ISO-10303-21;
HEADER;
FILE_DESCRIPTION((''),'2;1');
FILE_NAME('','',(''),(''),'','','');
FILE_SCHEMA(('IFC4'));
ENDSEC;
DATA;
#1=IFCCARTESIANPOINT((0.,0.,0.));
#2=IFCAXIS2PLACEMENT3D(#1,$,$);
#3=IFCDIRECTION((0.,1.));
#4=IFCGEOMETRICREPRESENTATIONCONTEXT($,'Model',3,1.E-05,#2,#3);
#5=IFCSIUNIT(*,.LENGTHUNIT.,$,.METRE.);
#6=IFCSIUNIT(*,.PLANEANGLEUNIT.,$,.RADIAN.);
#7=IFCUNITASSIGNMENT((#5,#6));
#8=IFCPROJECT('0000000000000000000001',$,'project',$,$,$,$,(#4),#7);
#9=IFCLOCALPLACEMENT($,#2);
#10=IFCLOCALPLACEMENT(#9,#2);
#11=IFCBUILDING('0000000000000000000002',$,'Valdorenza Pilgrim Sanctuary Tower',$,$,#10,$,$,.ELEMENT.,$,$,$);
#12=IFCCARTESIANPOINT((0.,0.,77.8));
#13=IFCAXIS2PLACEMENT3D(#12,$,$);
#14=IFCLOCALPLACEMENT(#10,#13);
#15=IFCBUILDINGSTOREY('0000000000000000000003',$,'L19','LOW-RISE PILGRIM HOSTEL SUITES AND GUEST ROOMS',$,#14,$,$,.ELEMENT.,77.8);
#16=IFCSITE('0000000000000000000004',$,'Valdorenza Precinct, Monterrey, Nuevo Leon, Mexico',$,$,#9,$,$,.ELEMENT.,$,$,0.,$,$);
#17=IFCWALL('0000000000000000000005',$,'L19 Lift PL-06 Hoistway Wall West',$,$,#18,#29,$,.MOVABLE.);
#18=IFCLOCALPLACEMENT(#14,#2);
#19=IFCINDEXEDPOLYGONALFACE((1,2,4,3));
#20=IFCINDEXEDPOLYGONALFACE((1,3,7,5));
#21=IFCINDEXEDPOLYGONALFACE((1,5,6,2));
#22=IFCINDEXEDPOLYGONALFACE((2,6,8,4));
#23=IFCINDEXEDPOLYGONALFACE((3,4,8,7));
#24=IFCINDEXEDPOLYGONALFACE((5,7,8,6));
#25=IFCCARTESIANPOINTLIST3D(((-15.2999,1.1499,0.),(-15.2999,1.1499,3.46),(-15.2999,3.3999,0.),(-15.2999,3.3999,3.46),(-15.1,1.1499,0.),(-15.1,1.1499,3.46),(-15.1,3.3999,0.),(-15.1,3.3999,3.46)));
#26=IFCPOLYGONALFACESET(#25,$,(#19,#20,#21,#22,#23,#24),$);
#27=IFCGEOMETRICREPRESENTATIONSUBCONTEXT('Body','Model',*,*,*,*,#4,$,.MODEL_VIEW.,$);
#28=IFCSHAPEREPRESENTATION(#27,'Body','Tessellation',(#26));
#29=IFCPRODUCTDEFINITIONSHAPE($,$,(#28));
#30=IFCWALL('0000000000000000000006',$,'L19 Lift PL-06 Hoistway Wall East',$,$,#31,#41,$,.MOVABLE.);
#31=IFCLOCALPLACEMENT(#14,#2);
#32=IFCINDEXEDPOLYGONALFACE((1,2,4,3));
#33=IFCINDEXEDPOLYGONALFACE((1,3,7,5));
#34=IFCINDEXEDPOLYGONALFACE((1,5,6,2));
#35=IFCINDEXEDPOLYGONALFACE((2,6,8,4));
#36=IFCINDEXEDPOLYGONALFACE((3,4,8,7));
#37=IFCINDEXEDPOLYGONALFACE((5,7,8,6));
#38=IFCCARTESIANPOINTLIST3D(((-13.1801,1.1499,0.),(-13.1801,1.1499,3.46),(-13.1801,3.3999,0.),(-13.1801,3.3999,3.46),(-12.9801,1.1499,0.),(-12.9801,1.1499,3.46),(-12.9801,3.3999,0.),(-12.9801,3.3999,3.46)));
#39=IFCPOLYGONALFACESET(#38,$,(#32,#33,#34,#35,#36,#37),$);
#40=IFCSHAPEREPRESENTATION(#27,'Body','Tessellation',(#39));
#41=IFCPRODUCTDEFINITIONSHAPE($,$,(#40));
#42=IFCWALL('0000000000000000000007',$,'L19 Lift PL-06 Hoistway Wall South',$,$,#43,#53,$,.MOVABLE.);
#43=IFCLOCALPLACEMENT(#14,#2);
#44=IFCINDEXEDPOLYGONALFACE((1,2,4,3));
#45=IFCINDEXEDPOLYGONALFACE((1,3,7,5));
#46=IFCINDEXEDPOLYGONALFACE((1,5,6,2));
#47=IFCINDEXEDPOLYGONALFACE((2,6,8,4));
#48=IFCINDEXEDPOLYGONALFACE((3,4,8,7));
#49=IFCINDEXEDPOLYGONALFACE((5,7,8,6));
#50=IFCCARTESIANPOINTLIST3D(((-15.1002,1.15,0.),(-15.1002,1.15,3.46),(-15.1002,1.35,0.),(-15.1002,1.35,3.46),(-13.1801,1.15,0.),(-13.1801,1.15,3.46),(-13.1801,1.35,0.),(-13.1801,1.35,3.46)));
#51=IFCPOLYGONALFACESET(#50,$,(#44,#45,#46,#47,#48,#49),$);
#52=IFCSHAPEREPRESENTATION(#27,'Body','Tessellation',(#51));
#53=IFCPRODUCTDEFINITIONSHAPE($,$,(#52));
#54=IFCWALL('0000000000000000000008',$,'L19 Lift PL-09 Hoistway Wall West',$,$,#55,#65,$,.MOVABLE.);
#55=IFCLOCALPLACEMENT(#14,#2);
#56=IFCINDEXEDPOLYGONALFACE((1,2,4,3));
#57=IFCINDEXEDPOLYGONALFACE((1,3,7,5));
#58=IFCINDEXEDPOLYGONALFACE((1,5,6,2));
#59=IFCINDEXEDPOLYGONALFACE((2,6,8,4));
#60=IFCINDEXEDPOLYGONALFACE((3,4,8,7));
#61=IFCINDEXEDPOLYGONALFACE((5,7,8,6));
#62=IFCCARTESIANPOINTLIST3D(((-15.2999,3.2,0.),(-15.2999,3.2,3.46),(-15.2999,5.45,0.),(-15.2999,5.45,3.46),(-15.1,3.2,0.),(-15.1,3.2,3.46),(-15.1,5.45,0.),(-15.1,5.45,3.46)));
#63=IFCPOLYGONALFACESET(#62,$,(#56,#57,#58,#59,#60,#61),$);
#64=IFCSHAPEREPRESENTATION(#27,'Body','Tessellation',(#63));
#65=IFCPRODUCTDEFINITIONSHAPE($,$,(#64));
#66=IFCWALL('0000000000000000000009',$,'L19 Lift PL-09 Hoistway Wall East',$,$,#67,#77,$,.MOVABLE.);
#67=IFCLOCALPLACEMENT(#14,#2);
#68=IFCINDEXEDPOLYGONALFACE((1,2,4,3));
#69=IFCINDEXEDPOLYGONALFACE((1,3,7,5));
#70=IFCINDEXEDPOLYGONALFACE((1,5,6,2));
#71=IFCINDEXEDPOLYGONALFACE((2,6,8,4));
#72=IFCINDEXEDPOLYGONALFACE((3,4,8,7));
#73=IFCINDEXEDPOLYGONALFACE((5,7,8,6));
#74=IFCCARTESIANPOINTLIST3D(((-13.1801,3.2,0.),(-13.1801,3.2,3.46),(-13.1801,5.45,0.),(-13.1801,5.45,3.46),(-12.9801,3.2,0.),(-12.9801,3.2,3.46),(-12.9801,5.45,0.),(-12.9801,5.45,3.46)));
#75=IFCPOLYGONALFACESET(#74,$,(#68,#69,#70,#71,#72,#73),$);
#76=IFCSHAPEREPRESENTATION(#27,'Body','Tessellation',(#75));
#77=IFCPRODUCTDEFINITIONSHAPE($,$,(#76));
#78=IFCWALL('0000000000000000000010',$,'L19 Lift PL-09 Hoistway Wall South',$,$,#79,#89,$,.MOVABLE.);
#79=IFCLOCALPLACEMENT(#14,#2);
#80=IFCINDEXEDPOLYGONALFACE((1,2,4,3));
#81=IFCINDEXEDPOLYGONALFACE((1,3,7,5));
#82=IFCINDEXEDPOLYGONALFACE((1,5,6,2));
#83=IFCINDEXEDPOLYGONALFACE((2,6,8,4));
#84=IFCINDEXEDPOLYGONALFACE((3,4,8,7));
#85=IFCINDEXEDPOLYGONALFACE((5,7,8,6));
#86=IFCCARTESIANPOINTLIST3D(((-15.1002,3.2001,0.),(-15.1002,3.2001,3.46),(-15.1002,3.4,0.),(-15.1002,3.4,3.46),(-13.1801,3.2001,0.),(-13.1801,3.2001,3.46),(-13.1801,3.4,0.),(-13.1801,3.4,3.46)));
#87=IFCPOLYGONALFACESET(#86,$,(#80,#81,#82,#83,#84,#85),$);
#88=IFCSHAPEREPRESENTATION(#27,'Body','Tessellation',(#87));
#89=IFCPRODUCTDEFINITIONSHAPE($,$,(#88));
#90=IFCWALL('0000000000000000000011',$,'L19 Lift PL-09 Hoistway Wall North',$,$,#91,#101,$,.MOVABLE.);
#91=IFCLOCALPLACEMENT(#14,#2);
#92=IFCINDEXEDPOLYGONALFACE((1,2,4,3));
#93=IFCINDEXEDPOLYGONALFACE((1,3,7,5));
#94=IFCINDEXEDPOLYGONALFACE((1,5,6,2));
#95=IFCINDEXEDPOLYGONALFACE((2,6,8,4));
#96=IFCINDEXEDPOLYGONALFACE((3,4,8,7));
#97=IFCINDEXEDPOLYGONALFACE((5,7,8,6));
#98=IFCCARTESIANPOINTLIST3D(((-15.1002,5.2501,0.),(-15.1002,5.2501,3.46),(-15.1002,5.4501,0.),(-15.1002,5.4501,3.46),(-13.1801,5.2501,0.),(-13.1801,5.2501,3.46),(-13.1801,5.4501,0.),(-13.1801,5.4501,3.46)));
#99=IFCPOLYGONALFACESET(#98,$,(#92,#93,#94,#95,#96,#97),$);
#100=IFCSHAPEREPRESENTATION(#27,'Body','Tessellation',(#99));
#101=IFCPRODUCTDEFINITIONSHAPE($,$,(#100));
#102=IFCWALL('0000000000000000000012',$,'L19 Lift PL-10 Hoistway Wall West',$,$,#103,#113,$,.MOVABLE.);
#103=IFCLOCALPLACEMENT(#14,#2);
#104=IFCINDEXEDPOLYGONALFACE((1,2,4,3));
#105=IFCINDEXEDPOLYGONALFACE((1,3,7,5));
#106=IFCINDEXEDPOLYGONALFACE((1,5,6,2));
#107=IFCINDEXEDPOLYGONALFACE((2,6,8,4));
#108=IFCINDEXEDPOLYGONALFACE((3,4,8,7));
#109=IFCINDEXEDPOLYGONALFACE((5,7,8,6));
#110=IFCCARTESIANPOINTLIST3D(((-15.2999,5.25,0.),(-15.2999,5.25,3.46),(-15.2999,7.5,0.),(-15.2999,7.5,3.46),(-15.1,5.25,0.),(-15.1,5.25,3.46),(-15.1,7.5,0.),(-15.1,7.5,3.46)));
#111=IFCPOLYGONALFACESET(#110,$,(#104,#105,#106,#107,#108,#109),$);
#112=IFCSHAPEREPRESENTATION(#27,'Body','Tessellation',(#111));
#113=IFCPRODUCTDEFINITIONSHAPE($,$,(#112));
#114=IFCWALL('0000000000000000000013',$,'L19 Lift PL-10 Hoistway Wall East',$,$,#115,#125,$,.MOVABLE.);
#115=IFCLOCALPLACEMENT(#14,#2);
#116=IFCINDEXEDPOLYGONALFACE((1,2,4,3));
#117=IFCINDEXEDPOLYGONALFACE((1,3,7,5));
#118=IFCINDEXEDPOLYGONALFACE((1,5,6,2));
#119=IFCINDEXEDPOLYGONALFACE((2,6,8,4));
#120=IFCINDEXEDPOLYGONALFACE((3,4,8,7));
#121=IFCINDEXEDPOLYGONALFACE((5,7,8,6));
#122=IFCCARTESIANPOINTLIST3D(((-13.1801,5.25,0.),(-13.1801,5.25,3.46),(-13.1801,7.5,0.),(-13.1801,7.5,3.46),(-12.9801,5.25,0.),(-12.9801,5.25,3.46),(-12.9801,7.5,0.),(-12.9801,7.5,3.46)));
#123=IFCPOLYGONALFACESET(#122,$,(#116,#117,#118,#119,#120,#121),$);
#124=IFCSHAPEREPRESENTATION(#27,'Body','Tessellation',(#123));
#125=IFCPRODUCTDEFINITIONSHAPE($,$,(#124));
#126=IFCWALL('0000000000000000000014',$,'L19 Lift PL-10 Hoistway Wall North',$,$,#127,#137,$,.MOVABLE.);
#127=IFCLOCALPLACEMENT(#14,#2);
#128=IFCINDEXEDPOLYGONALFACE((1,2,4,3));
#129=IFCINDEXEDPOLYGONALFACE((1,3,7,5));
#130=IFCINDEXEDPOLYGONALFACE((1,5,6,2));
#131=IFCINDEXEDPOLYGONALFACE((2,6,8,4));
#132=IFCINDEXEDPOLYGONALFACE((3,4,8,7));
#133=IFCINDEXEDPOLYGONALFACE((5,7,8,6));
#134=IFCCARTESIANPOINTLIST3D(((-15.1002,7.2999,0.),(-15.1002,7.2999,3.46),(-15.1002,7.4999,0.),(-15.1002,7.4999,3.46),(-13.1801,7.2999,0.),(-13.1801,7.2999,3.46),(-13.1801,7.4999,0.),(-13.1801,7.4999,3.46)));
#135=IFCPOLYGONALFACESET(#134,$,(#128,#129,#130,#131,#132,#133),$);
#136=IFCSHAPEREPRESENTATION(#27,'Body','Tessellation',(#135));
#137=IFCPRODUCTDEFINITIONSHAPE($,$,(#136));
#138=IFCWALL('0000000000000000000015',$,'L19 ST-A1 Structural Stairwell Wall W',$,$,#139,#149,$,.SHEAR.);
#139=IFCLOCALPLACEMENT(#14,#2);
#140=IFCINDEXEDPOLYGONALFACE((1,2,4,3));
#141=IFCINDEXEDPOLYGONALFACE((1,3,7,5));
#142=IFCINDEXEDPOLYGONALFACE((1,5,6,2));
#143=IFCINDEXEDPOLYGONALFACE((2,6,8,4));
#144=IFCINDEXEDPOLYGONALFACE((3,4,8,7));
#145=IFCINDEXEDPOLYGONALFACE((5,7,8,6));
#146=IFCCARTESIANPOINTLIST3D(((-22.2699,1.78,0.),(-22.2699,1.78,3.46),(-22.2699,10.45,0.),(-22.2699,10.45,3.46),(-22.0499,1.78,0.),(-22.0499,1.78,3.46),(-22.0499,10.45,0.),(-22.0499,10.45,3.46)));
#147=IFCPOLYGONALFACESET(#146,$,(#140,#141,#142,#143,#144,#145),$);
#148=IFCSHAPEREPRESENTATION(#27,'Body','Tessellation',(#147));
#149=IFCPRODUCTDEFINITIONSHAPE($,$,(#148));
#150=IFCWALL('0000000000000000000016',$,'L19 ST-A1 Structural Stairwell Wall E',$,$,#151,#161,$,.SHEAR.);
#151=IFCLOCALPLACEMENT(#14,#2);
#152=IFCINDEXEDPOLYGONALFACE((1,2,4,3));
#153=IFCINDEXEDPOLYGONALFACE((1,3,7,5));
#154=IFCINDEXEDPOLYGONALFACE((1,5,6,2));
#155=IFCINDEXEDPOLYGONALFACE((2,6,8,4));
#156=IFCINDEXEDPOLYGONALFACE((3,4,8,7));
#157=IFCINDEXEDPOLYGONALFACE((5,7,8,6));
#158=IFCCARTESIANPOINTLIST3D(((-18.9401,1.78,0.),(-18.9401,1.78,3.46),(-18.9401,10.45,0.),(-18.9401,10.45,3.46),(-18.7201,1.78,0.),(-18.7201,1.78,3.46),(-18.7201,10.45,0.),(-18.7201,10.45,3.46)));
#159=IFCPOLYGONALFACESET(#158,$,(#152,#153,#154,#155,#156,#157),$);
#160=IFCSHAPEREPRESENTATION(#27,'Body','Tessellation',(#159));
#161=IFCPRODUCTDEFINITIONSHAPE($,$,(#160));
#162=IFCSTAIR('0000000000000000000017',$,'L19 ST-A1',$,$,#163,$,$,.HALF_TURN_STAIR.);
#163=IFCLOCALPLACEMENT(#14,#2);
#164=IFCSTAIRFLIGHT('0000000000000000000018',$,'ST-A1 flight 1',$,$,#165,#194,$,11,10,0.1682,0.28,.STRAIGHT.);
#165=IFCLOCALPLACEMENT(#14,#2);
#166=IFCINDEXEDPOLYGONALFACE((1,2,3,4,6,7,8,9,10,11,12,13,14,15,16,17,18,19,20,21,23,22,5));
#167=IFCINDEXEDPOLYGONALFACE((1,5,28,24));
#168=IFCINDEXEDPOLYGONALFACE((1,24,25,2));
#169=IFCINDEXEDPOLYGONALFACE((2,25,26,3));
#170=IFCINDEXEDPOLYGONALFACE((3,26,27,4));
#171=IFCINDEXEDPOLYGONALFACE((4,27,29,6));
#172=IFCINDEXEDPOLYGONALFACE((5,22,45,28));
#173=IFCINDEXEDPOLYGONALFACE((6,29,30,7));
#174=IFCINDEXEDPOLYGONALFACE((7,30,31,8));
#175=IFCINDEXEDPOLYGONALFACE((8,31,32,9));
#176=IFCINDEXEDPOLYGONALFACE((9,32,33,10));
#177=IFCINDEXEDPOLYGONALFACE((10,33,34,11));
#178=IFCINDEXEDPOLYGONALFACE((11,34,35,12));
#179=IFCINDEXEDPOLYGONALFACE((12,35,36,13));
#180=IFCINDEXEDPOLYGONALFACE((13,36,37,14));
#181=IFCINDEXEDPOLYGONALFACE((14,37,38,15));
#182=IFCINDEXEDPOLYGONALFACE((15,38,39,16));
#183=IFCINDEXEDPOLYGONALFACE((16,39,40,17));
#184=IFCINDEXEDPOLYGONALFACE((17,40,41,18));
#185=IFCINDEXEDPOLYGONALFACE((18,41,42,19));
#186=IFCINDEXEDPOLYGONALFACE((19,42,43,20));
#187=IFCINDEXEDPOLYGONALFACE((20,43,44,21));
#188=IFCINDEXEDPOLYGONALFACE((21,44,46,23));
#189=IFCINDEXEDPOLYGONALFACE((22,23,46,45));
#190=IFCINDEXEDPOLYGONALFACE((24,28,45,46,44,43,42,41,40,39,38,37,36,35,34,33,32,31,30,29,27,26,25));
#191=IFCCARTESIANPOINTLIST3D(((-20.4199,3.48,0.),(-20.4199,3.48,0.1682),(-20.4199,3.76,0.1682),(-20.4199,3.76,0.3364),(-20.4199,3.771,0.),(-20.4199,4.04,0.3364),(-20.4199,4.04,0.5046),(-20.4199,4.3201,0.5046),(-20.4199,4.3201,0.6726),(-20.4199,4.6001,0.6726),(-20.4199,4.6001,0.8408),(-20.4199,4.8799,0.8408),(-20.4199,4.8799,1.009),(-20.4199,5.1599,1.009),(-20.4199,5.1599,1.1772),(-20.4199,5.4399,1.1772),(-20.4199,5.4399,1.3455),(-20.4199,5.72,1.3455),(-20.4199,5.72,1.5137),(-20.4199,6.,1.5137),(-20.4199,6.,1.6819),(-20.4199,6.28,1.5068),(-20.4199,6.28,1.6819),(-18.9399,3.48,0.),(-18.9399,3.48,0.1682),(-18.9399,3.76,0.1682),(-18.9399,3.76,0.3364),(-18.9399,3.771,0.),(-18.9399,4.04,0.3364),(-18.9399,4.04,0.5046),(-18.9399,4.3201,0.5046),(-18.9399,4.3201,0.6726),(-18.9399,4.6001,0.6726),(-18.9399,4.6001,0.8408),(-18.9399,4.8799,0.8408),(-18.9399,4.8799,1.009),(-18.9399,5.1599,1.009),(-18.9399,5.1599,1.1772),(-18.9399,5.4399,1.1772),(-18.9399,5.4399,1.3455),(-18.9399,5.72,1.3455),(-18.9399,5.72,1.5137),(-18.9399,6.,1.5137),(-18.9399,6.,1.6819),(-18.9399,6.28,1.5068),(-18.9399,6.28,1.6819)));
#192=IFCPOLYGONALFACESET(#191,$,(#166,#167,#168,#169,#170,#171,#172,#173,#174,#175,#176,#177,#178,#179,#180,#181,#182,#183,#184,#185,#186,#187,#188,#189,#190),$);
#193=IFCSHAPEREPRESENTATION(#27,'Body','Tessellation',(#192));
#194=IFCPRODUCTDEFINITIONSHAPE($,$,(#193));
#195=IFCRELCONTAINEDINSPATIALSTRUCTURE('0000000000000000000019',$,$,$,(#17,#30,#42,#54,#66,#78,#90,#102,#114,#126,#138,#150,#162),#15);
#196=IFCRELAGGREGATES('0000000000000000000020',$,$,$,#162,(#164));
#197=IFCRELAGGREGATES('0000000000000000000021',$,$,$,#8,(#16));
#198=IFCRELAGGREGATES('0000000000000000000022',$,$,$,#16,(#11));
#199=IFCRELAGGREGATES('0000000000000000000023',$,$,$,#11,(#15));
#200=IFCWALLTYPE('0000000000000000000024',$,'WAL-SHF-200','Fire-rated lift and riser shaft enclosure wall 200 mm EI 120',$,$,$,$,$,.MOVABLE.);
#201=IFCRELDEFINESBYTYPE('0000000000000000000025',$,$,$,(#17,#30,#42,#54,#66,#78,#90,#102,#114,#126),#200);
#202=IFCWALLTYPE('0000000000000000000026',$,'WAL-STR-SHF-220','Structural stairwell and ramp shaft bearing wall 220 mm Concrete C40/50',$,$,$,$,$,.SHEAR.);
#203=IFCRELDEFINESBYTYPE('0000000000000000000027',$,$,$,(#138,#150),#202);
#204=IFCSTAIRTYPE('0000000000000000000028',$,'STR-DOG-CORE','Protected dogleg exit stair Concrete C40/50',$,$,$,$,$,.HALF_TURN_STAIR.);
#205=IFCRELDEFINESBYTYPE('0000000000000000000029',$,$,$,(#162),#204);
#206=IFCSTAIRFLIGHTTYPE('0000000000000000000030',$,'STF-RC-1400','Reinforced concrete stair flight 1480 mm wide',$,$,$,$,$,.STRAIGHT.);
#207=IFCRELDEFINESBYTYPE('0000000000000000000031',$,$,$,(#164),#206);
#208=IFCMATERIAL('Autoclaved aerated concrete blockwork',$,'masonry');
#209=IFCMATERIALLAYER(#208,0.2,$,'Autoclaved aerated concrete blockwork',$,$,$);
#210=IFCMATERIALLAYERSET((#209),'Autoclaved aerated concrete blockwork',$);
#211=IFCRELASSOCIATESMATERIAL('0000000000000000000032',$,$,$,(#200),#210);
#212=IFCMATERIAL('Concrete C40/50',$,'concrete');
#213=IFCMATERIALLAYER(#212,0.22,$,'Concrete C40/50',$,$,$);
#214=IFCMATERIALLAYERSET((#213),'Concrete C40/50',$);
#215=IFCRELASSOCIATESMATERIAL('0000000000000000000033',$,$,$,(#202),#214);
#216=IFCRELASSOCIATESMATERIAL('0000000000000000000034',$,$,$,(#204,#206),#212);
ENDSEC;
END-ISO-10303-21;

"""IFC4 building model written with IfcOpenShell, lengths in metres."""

from ifc_helpers import new_model, si_unit, direction, frame, frame_2d, origin, place, context, subcontext, project, spatial, polyline, rectangle, outline, extrude, material, layer, layer_set, type_object, element, aggregate, save


model = new_model("IFC4")

# Units and contexts
model_context = context("Model", 3, precision=1e-05, world=origin(), true_north=direction((0.0, 1.0)))
body_context = subcontext(model_context, "Body", "Model", "MODEL_VIEW")
ifc_project = project(units=[si_unit("LENGTHUNIT", "METRE"), si_unit("PLANEANGLEUNIT", "RADIAN")], contexts=[model_context])

# Site, building, storey
site_placement = place(None, origin())
site = spatial("IfcSite", under=ifc_project, at=site_placement, Name="Valdorenza Precinct, Monterrey, Nuevo Leon, Mexico", CompositionType="ELEMENT", RefElevation=0.0)
building_placement = place(site_placement, origin())
building = spatial("IfcBuilding", under=site, at=building_placement, Name="Valdorenza Pilgrim Sanctuary Tower", CompositionType="ELEMENT")
storey_placement = place(building_placement, frame((0.0, 0.0, 77.8)))
storey = spatial("IfcBuildingStorey", under=building, at=storey_placement, Name="L19", Description="LOW-RISE PILGRIM HOSTEL SUITES AND GUEST ROOMS", CompositionType="ELEMENT", Elevation=77.8)

# Shared definitions
ifc_material_1 = material(Name="Autoclaved aerated concrete blockwork", Category="masonry")
ifc_layer_1 = layer(ifc_material_1, 0.2, Name="Autoclaved aerated concrete blockwork")
ifc_layer_set_1 = layer_set([ifc_layer_1], Name="Autoclaved aerated concrete blockwork")
wall_type_1 = type_object("IfcWallType", Name="WAL-SHF-200", Description="Fire-rated lift and riser shaft enclosure wall 200 mm EI 120", PredefinedType="MOVABLE", material=ifc_layer_set_1)

# Walls
for number, where, z_axis, x_axis, name in (
    (1, (-15.2, 1.1499, 0.0), (0.0, 0.0, 1.0), (0.0, 1.0, 0.0), "L19 Lift PL-06 Hoistway Wall West"),
    (2, (-13.0801, 1.1499, 0.0), (0.0, 0.0, 1.0), (0.0, 1.0, 0.0), "L19 Lift PL-06 Hoistway Wall East"),
):
    element("IfcWall", number, at=place(storey_placement, frame(where, z_axis=z_axis, x_axis=x_axis)), inside=storey, type_object=wall_type_1, Name=name, PredefinedType="MOVABLE", context=body_context, shape_type="SweptSolid", body=[
        extrude(rectangle(XDim=2.25, YDim=0.2, at=frame_2d((1.125, 0.0))), origin(), (0.0, 0.0, 1.0), 3.46),
    ])
wall_1_placement = place(storey_placement, frame((-15.1001, 1.25, 0.0), z_axis=(0.0, 0.0, 1.0), x_axis=(1.0, 0.0, 0.0)))
element("IfcWall", 3, at=wall_1_placement, inside=storey, type_object=wall_type_1, Name="L19 Lift PL-06 Hoistway Wall South", PredefinedType="MOVABLE", context=body_context, shape_type="SweptSolid", body=[
    extrude(rectangle(XDim=1.9202, YDim=0.2, at=frame_2d((0.96, 0.0))), origin(), (0.0, 0.0, 1.0), 3.46),
])
for number, where, z_axis, x_axis, name in (
    (4, (-15.2, 3.2, 0.0), (0.0, 0.0, 1.0), (0.0, 1.0, 0.0), "L19 Lift PL-09 Hoistway Wall West"),
    (5, (-13.0801, 3.2, 0.0), (0.0, 0.0, 1.0), (0.0, 1.0, 0.0), "L19 Lift PL-09 Hoistway Wall East"),
):
    element("IfcWall", number, at=place(storey_placement, frame(where, z_axis=z_axis, x_axis=x_axis)), inside=storey, type_object=wall_type_1, Name=name, PredefinedType="MOVABLE", context=body_context, shape_type="SweptSolid", body=[
        extrude(rectangle(XDim=2.25, YDim=0.2, at=frame_2d((1.125, 0.0))), origin(), (0.0, 0.0, 1.0), 3.46),
    ])
for number, where, z_axis, x_axis, name in (
    (6, (-15.1001, 3.3, 0.0), (0.0, 0.0, 1.0), (1.0, 0.0, 0.0), "L19 Lift PL-09 Hoistway Wall South"),
    (7, (-15.1001, 5.3501, 0.0), (0.0, 0.0, 1.0), (1.0, 0.0, 0.0), "L19 Lift PL-09 Hoistway Wall North"),
):
    element("IfcWall", number, at=place(storey_placement, frame(where, z_axis=z_axis, x_axis=x_axis)), inside=storey, type_object=wall_type_1, Name=name, PredefinedType="MOVABLE", context=body_context, shape_type="SweptSolid", body=[
        extrude(rectangle(XDim=1.9202, YDim=0.2, at=frame_2d((0.96, 0.0))), origin(), (0.0, 0.0, 1.0), 3.46),
    ])
for number, where, z_axis, x_axis, name in (
    (8, (-15.2, 5.25, 0.0), (0.0, 0.0, 1.0), (0.0, 1.0, 0.0), "L19 Lift PL-10 Hoistway Wall West"),
    (9, (-13.0801, 5.25, 0.0), (0.0, 0.0, 1.0), (0.0, 1.0, 0.0), "L19 Lift PL-10 Hoistway Wall East"),
):
    element("IfcWall", number, at=place(storey_placement, frame(where, z_axis=z_axis, x_axis=x_axis)), inside=storey, type_object=wall_type_1, Name=name, PredefinedType="MOVABLE", context=body_context, shape_type="SweptSolid", body=[
        extrude(rectangle(XDim=2.25, YDim=0.2, at=frame_2d((1.125, 0.0))), origin(), (0.0, 0.0, 1.0), 3.46),
    ])
wall_2_placement = place(storey_placement, frame((-15.1001, 7.3999, 0.0), z_axis=(0.0, 0.0, 1.0), x_axis=(1.0, 0.0, 0.0)))
element("IfcWall", 10, at=wall_2_placement, inside=storey, type_object=wall_type_1, Name="L19 Lift PL-10 Hoistway Wall North", PredefinedType="MOVABLE", context=body_context, shape_type="SweptSolid", body=[
    extrude(rectangle(XDim=1.9202, YDim=0.2, at=frame_2d((0.96, 0.0))), origin(), (0.0, 0.0, 1.0), 3.46),
])
ifc_material_2 = material(Name="Concrete C40/50", Category="concrete")
ifc_layer_2 = layer(ifc_material_2, 0.22, Name="Concrete C40/50")
ifc_layer_set_2 = layer_set([ifc_layer_2], Name="Concrete C40/50")
wall_type_2 = type_object("IfcWallType", Name="WAL-STR-SHF-220", Description="Structural stairwell and ramp shaft bearing wall 220 mm Concrete C40/50", PredefinedType="SHEAR", material=ifc_layer_set_2)
for number, where, z_axis, x_axis, name in (
    (11, (-22.1599, 1.78, 0.0), (0.0, 0.0, 1.0), (0.0, 1.0, 0.0), "L19 ST-A1 Structural Stairwell Wall W"),
    (12, (-18.8301, 1.78, 0.0), (0.0, 0.0, 1.0), (0.0, 1.0, 0.0), "L19 ST-A1 Structural Stairwell Wall E"),
):
    element("IfcWall", number, at=place(storey_placement, frame(where, z_axis=z_axis, x_axis=x_axis)), inside=storey, type_object=wall_type_2, Name=name, PredefinedType="SHEAR", context=body_context, shape_type="SweptSolid", body=[
        extrude(rectangle(XDim=8.6699, YDim=0.22, at=frame_2d((4.335, 0.0))), origin(), (0.0, 0.0, 1.0), 3.46),
    ])

# Stair, stair flight
stair_type = type_object("IfcStairType", Name="STR-DOG-CORE", Description="Protected dogleg exit stair Concrete C40/50", PredefinedType="HALF_TURN_STAIR", material=ifc_material_2)
stair_placement = place(storey_placement, origin())
stair = element("IfcStair", 13, at=stair_placement, inside=storey, type_object=stair_type, Name="L19 ST-A1", PredefinedType="HALF_TURN_STAIR")
stair_flight_type = type_object("IfcStairFlightType", Name="STF-RC-1400", Description="Reinforced concrete stair flight 1480 mm wide", PredefinedType="STRAIGHT", material=ifc_material_2)
stair_flight_1_placement = place(storey_placement, frame((-19.6799, 3.48, 0.0), z_axis=(0.0, 0.0, 1.0), x_axis=(0.0, 1.0, 0.0)))
stair_flight_1 = element("IfcStairFlight", 14, at=stair_flight_1_placement, type_object=stair_flight_type, Name="ST-A1 flight 1", NumberOfRisers=11, NumberOfTreads=10, PredefinedType="STRAIGHT", RiserHeight=0.1682, TreadLength=0.28, context=body_context, shape_type="SweptSolid", body=[
    extrude(outline(polyline([(0.0, 0.0), (0.0, 0.1682), (0.28, 0.1682), (0.28, 0.3364), (0.5601, 0.3364), (0.5601, 0.5046), (0.8401, 0.5046), (0.8401, 0.6726), (1.1201, 0.6726), (1.1201, 0.8408), (1.3999, 0.8408), (1.3999, 1.009), (1.6799, 1.009), (1.6799, 1.1772), (1.96, 1.1772), (1.96, 1.3455), (2.24, 1.3455), (2.24, 1.5137), (2.52, 1.5137), (2.52, 1.6819), (2.8, 1.6819), (2.8, 1.8501), (2.8, 1.5068), (0.291, 0.0), (0.0, 0.0)])), frame((0.0, 0.74, 0.0), z_axis=(0.0, -1.0, 0.0), x_axis=(1.0, 0.0, 0.0)), (0.0, 0.0, 1.0), 1.48),
])
aggregate(stair, [stair_flight_1])

save(model, "model.ifc")
